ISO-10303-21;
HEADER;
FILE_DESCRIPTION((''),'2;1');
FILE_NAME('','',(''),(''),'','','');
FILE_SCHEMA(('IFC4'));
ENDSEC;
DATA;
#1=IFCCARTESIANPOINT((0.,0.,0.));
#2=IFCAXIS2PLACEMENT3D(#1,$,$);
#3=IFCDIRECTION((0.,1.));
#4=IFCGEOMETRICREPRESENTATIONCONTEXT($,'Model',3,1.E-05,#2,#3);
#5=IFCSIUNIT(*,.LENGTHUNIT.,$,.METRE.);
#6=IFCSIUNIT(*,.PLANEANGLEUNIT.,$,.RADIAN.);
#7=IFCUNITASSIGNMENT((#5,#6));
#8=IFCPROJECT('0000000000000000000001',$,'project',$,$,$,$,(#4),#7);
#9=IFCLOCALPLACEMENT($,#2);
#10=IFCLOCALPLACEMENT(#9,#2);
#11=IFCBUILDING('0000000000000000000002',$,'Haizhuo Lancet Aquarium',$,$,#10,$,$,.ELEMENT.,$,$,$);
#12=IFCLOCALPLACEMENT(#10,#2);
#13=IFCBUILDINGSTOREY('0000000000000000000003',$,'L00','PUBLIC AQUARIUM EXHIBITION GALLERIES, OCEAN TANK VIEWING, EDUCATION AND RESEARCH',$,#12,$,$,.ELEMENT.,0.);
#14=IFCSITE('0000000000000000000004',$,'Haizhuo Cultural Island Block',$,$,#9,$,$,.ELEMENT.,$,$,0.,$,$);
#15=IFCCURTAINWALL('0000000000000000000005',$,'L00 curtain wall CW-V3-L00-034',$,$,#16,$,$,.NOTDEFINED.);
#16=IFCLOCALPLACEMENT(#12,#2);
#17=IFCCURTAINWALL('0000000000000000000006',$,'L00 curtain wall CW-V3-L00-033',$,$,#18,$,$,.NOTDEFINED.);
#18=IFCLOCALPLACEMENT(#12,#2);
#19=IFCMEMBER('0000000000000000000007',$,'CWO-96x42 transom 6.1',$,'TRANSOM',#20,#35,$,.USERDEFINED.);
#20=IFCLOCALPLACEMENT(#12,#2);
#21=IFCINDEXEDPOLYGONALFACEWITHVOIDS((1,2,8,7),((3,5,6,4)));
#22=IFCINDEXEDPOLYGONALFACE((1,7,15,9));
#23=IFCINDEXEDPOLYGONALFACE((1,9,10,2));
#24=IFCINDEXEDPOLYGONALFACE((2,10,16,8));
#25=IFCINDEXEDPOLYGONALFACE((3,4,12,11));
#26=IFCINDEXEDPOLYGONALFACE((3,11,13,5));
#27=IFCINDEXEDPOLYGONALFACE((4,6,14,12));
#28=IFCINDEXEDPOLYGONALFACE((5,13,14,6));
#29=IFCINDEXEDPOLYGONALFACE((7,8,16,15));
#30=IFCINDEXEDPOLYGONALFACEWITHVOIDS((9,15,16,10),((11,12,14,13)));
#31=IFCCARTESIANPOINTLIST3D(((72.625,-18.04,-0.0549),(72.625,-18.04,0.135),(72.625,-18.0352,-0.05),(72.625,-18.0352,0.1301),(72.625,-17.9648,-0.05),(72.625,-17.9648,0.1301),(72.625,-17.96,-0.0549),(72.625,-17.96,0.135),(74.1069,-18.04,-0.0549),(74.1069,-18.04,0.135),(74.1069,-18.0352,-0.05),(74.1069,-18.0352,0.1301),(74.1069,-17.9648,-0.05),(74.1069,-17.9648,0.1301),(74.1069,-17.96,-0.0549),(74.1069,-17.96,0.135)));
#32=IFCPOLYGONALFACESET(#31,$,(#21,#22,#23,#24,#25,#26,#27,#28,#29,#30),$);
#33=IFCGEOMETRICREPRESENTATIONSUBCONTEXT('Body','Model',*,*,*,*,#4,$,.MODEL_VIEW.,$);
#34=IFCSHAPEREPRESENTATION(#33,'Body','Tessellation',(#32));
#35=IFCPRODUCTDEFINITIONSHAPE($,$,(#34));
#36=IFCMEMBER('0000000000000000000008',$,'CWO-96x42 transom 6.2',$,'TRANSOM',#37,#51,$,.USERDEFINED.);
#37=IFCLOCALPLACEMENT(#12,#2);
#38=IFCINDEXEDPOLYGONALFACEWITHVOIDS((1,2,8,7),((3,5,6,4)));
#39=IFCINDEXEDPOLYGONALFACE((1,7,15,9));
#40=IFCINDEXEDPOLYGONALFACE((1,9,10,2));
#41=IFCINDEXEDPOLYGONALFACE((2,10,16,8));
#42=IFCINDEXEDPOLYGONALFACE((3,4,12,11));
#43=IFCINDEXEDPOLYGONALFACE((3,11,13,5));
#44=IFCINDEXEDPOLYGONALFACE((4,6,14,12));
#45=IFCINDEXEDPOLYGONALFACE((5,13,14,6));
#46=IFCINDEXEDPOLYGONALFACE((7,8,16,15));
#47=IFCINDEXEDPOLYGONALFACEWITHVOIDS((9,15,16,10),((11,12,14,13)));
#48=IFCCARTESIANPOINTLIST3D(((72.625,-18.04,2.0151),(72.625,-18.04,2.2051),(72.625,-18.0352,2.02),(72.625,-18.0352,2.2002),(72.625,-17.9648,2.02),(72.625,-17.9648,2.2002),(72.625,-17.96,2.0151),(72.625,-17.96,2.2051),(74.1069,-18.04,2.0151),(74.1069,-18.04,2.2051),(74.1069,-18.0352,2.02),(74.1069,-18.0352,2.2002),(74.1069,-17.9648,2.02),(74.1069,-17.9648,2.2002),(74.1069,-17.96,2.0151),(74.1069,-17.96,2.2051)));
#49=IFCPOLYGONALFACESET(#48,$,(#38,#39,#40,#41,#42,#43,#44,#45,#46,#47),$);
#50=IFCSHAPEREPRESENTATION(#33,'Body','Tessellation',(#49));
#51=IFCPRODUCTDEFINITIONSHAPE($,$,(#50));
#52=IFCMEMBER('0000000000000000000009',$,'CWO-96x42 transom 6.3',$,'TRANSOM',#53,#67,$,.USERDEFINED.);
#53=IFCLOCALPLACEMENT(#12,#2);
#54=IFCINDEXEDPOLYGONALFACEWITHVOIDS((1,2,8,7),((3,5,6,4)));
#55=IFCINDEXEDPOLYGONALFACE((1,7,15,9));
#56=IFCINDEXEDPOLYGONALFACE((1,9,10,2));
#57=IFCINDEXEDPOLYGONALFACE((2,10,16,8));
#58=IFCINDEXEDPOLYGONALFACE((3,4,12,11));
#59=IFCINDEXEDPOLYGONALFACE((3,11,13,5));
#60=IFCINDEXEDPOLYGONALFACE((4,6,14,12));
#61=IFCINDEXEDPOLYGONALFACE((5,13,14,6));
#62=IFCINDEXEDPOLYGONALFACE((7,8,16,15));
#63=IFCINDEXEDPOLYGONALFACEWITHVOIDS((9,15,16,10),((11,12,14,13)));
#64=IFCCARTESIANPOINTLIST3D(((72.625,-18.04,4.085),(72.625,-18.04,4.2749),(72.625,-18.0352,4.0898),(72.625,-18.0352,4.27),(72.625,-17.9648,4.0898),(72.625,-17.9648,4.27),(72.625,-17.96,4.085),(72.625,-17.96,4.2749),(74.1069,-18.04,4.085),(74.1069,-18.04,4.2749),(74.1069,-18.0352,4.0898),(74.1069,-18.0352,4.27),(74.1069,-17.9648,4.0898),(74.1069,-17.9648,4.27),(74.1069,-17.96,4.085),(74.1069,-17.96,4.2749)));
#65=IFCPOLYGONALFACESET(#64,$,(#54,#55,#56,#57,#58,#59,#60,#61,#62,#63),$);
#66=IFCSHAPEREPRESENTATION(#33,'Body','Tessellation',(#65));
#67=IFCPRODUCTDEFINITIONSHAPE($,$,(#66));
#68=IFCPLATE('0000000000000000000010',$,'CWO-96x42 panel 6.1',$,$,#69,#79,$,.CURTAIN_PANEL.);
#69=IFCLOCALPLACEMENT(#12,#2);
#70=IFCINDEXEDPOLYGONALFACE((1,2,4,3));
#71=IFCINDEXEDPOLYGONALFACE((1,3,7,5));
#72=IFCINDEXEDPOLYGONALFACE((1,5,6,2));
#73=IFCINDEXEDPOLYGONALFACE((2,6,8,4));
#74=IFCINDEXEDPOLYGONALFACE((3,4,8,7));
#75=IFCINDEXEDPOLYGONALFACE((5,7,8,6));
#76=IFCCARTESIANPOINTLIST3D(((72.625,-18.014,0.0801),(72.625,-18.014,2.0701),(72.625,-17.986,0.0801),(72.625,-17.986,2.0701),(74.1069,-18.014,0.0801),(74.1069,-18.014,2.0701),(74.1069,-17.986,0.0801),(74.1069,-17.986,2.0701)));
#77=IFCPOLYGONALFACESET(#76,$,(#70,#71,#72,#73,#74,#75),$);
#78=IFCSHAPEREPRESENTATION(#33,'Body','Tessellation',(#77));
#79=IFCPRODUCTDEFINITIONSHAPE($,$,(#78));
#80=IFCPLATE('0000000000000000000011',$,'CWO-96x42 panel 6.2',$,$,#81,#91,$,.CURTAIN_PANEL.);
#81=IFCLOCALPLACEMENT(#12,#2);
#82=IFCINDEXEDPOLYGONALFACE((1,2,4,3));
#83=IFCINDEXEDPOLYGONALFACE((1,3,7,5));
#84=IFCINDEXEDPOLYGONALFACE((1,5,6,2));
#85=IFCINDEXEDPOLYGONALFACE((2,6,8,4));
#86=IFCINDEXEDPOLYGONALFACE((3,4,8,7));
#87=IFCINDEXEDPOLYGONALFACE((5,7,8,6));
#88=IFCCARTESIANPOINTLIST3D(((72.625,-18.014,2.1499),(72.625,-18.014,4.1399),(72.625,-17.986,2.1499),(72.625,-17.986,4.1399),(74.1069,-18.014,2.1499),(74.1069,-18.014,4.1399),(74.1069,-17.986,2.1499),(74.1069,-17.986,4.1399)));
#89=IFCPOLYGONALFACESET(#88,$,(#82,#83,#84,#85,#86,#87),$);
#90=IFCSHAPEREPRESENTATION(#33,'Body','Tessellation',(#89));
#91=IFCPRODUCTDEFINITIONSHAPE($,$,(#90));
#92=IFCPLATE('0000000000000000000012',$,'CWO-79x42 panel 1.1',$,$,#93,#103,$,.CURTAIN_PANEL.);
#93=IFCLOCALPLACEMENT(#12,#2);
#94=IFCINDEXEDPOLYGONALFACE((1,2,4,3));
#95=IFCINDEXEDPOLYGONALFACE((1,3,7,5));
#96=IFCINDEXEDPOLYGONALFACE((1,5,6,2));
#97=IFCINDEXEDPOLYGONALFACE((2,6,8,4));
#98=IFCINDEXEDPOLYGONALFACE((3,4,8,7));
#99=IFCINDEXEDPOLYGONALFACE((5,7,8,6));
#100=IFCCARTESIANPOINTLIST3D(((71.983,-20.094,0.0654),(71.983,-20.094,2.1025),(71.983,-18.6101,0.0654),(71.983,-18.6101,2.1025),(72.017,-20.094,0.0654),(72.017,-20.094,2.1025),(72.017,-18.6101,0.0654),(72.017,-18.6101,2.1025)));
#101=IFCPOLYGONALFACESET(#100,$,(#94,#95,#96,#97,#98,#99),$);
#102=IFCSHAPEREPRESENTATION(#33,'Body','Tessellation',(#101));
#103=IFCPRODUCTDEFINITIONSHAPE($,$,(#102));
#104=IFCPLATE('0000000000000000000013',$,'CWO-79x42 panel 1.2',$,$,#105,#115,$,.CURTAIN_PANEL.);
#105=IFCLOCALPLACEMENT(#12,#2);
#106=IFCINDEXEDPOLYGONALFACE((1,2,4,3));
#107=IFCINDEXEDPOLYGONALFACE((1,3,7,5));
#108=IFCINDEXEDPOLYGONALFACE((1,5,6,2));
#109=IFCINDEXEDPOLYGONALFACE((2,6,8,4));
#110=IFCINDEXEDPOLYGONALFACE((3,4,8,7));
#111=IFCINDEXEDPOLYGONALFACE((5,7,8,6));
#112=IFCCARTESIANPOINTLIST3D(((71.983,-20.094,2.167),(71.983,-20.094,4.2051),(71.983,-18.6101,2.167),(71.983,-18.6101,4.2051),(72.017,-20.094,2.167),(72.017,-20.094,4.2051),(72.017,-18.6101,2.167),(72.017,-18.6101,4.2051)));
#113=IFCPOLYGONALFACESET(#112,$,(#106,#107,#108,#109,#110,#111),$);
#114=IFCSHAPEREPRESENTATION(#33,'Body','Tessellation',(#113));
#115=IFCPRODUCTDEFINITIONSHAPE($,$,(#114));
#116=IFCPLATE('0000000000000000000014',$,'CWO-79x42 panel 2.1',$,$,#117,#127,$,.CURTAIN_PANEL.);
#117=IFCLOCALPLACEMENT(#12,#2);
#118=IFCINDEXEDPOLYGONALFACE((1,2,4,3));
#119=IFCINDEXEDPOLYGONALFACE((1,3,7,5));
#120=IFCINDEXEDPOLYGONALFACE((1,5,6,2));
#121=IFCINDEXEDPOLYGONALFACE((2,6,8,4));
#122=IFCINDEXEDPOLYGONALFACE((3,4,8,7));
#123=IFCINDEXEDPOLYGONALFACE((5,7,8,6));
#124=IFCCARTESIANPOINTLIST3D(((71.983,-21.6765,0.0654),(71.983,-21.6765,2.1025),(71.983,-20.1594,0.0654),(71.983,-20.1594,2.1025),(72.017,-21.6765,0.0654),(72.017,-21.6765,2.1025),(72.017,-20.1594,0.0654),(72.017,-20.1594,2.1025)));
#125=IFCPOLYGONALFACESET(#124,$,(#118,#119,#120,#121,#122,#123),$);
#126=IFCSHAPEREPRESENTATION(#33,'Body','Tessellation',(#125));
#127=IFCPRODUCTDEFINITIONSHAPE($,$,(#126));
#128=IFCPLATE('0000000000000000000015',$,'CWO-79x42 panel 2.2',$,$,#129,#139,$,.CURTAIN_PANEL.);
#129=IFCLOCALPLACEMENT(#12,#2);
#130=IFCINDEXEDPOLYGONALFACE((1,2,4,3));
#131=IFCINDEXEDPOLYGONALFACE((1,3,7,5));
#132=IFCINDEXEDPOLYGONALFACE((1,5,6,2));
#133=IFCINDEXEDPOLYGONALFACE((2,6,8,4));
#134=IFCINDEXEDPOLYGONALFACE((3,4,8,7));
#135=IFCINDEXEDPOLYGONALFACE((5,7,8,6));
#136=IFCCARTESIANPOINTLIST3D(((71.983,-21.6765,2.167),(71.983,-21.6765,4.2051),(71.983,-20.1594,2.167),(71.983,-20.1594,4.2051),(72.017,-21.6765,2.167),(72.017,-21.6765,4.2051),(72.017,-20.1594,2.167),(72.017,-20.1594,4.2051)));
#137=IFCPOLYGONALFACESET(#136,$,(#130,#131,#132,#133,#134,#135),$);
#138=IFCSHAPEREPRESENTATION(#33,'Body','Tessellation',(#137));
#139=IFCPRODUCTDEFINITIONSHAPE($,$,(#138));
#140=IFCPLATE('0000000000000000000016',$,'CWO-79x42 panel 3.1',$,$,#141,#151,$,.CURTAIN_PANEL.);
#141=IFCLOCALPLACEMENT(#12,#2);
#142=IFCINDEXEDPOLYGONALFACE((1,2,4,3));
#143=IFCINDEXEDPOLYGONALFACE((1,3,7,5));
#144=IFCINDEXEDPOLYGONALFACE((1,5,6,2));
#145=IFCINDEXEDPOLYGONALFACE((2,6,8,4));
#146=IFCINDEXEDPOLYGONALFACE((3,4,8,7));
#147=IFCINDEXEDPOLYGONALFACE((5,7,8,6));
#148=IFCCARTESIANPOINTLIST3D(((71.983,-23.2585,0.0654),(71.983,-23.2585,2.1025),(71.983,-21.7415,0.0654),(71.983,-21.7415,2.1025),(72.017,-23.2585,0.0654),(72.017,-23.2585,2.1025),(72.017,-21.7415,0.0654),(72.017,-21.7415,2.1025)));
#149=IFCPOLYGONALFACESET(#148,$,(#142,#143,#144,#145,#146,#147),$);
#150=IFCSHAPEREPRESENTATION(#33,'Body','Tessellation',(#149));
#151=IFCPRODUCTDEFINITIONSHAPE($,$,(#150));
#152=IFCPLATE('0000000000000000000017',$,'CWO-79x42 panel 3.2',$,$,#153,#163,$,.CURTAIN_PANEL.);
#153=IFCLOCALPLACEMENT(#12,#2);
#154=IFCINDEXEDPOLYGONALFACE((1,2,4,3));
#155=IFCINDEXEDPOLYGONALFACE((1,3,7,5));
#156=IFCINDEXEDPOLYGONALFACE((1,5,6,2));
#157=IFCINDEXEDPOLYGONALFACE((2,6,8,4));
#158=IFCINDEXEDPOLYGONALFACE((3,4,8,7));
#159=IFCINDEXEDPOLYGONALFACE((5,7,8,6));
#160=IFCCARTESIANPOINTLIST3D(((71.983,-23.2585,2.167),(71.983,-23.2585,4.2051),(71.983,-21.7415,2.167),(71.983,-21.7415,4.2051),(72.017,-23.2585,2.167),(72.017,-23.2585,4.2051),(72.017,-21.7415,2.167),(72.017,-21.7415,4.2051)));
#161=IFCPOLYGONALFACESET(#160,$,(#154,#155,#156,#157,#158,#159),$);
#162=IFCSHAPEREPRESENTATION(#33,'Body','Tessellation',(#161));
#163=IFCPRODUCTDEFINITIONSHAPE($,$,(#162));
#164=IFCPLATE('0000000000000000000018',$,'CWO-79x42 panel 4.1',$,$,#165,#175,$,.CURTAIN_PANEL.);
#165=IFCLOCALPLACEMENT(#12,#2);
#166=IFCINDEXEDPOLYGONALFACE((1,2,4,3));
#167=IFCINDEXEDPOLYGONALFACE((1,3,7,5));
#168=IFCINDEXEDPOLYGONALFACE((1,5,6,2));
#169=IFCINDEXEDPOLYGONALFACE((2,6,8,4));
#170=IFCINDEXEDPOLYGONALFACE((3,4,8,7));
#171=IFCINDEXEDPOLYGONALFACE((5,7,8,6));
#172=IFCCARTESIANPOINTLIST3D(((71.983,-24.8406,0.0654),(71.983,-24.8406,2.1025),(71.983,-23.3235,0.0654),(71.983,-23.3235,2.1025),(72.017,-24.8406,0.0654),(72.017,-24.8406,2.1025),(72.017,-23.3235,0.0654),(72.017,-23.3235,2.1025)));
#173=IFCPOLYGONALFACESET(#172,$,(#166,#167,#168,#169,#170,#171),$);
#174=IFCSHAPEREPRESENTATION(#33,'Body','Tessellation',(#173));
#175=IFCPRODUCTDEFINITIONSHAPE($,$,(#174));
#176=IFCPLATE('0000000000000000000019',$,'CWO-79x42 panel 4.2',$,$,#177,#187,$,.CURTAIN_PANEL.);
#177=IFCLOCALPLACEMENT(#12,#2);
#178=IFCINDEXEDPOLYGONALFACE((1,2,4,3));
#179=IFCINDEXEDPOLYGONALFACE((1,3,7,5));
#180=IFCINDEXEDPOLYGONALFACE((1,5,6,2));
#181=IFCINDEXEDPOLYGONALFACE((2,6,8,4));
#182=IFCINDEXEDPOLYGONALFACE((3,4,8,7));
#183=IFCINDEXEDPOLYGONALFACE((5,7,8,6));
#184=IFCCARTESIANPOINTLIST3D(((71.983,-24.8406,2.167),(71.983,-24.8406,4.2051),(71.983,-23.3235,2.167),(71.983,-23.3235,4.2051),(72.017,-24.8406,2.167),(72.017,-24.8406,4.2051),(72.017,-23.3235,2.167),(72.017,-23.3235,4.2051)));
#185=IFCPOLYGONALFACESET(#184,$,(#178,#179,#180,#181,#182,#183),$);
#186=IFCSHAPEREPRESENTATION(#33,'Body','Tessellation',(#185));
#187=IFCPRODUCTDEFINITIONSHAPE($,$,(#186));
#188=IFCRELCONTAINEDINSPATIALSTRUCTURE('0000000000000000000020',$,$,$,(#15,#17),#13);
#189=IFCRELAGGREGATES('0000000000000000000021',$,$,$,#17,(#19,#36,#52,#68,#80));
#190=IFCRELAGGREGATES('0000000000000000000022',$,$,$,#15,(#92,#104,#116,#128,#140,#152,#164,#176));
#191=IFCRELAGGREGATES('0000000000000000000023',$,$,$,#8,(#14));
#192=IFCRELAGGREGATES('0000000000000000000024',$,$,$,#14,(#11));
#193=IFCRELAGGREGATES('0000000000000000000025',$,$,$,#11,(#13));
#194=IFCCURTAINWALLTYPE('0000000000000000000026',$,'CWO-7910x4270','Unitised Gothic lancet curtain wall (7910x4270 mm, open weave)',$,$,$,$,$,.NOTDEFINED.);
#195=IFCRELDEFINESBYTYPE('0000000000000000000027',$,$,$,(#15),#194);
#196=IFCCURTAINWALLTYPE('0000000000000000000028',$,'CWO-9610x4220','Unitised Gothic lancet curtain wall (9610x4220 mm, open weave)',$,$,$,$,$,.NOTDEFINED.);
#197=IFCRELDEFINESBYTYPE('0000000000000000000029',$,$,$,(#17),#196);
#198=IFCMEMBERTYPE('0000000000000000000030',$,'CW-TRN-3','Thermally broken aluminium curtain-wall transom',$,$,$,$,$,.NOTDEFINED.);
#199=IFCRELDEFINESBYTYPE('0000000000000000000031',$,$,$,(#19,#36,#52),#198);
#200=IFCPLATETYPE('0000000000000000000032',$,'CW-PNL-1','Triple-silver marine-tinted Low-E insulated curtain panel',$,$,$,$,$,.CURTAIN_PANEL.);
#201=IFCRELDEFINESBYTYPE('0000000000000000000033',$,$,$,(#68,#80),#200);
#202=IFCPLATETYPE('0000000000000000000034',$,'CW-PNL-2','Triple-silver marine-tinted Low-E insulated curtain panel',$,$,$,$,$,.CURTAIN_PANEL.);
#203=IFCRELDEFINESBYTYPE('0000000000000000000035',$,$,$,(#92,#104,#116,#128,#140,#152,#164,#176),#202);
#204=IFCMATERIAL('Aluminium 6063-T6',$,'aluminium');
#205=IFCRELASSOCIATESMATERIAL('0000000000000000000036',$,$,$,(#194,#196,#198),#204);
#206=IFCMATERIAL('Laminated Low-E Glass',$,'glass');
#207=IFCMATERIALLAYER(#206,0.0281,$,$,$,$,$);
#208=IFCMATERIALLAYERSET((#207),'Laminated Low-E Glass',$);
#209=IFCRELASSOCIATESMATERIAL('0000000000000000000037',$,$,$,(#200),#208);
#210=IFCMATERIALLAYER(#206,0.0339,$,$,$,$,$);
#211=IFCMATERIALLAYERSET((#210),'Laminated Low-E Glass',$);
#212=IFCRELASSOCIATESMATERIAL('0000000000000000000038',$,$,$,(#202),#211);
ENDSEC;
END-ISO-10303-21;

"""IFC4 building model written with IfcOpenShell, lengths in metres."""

from ifc_helpers import new_model, si_unit, direction, frame, origin, origin_2d, place, context, subcontext, project, spatial, rectangle, hollow_rectangle, extrude, material, layer, layer_set, material_profile, profile_set, type_object, element, aggregate, save


model = new_model("IFC4")

# Units and contexts
model_context = context("Model", 3, precision=1e-05, world=origin(), true_north=direction((0.0, 1.0)))
body_context = subcontext(model_context, "Body", "Model", "MODEL_VIEW")
ifc_project = project(units=[si_unit("LENGTHUNIT", "METRE"), si_unit("PLANEANGLEUNIT", "RADIAN")], contexts=[model_context])

# Site, building, storey
site_placement = place(None, origin())
site = spatial("IfcSite", under=ifc_project, at=site_placement, Name="Haizhuo Cultural Island Block", CompositionType="ELEMENT", RefElevation=0.0)
building_placement = place(site_placement, origin())
building = spatial("IfcBuilding", under=site, at=building_placement, Name="Haizhuo Lancet Aquarium", CompositionType="ELEMENT")
storey_placement = place(building_placement, origin())
storey = spatial("IfcBuildingStorey", under=building, at=storey_placement, Name="L00", Description="PUBLIC AQUARIUM EXHIBITION GALLERIES, OCEAN TANK VIEWING, EDUCATION AND RESEARCH", CompositionType="ELEMENT", Elevation=0.0)

# Curtain walls
ifc_material_1 = material(Name="Aluminium 6063-T6", Category="aluminium")
curtain_wall_type_1 = type_object("IfcCurtainWallType", Name="CWO-7910x4270", Description="Unitised Gothic lancet curtain wall (7910x4270 mm, open weave)", PredefinedType="NOTDEFINED", material=ifc_material_1)
curtain_wall_1_placement = place(storey_placement, origin())
curtain_wall_1 = element("IfcCurtainWall", 1, at=curtain_wall_1_placement, inside=storey, type_object=curtain_wall_type_1, Name="L00 curtain wall CW-V3-L00-034", PredefinedType="NOTDEFINED")
curtain_wall_type_2 = type_object("IfcCurtainWallType", Name="CWO-9610x4220", Description="Unitised Gothic lancet curtain wall (9610x4220 mm, open weave)", PredefinedType="NOTDEFINED", material=ifc_material_1)
curtain_wall_2_placement = place(storey_placement, origin())
curtain_wall_2 = element("IfcCurtainWall", 2, at=curtain_wall_2_placement, inside=storey, type_object=curtain_wall_type_2, Name="L00 curtain wall CW-V3-L00-033", PredefinedType="NOTDEFINED")

# Members
ifc_material_profile_1 = material_profile(ifc_material_1, hollow_rectangle(XDim=0.0801, YDim=0.1899, WallThickness=0.0049, at=origin_2d()), Name="ALU-T 80x190x5")
ifc_profile_set_1 = profile_set([ifc_material_profile_1], Name="Aluminium 6063-T6")
member_type_1 = type_object("IfcMemberType", Name="CW-TRN-3", Description="Thermally broken aluminium curtain-wall transom", PredefinedType="NOTDEFINED", material=ifc_profile_set_1)
member_1_placement = place(storey_placement, frame((74.1069, -18.0, 0.04), z_axis=(-1.0, 0.0, 0.0), x_axis=(0.0, -1.0, 0.0)))
member_1 = element("IfcMember", 3, at=member_1_placement, type_object=member_type_1, Name="CWO-96x42 transom 6.1", ObjectType="TRANSOM", PredefinedType="USERDEFINED", context=body_context, shape_type="SweptSolid", body=[
    extrude(hollow_rectangle(XDim=0.0801, YDim=0.1899, WallThickness=0.0049, at=origin_2d()), origin(), (0.0, 0.0, 1.0), 1.4819),
])
member_2_placement = place(storey_placement, frame((74.1069, -18.0, 2.1101), z_axis=(-1.0, 0.0, 0.0), x_axis=(0.0, -1.0, 0.0)))
member_2 = element("IfcMember", 4, at=member_2_placement, type_object=member_type_1, Name="CWO-96x42 transom 6.2", ObjectType="TRANSOM", PredefinedType="USERDEFINED", context=body_context, shape_type="SweptSolid", body=[
    extrude(hollow_rectangle(XDim=0.0801, YDim=0.1899, WallThickness=0.0049, at=origin_2d()), origin(), (0.0, 0.0, 1.0), 1.4819),
])
member_3_placement = place(storey_placement, frame((74.1069, -18.0, 4.1799), z_axis=(-1.0, 0.0, 0.0), x_axis=(0.0, -1.0, 0.0)))
member_3 = element("IfcMember", 5, at=member_3_placement, type_object=member_type_1, Name="CWO-96x42 transom 6.3", ObjectType="TRANSOM", PredefinedType="USERDEFINED", context=body_context, shape_type="SweptSolid", body=[
    extrude(hollow_rectangle(XDim=0.0801, YDim=0.1899, WallThickness=0.0049, at=origin_2d()), origin(), (0.0, 0.0, 1.0), 1.4819),
])

# Plates
ifc_material_2 = material(Name="Laminated Low-E Glass", Category="glass")
ifc_layer_1 = layer(ifc_material_2, 0.0281)
ifc_layer_set_1 = layer_set([ifc_layer_1], Name="Laminated Low-E Glass")
plate_type_1 = type_object("IfcPlateType", Name="CW-PNL-1", Description="Triple-silver marine-tinted Low-E insulated curtain panel", PredefinedType="CURTAIN_PANEL", material=ifc_layer_set_1)
plate_1_placement = place(storey_placement, frame((73.366, -18.0, 0.0801), z_axis=(0.0, 0.0, 1.0), x_axis=(-1.0, 0.0, 0.0)))
plate_1 = element("IfcPlate", 6, at=plate_1_placement, type_object=plate_type_1, Name="CWO-96x42 panel 6.1", PredefinedType="CURTAIN_PANEL", context=body_context, shape_type="SweptSolid", body=[
    extrude(rectangle(XDim=1.4819, YDim=0.0281, at=origin_2d()), origin(), (0.0, 0.0, 1.0), 1.99),
])
plate_2_placement = place(storey_placement, frame((73.366, -18.0, 2.1499), z_axis=(0.0, 0.0, 1.0), x_axis=(-1.0, 0.0, 0.0)))
plate_2 = element("IfcPlate", 7, at=plate_2_placement, type_object=plate_type_1, Name="CWO-96x42 panel 6.2", PredefinedType="CURTAIN_PANEL", context=body_context, shape_type="SweptSolid", body=[
    extrude(rectangle(XDim=1.4819, YDim=0.0281, at=origin_2d()), origin(), (0.0, 0.0, 1.0), 1.99),
])
aggregate(curtain_wall_2, [member_1, member_2, member_3, plate_1, plate_2])
ifc_layer_2 = layer(ifc_material_2, 0.0339)
ifc_layer_set_2 = layer_set([ifc_layer_2], Name="Laminated Low-E Glass")
plate_type_2 = type_object("IfcPlateType", Name="CW-PNL-2", Description="Triple-silver marine-tinted Low-E insulated curtain panel", PredefinedType="CURTAIN_PANEL", material=ifc_layer_set_2)
plate_3_placement = place(storey_placement, frame((72.0, -19.3521, 0.0654), z_axis=(0.0, 0.0, 1.0), x_axis=(0.0, -1.0, 0.0)))
plate_3 = element("IfcPlate", 8, at=plate_3_placement, type_object=plate_type_2, Name="CWO-79x42 panel 1.1", PredefinedType="CURTAIN_PANEL", context=body_context, shape_type="SweptSolid", body=[
    extrude(rectangle(XDim=1.4839, YDim=0.0339, at=origin_2d()), origin(), (0.0, 0.0, 1.0), 2.0371),
])
plate_4_placement = place(storey_placement, frame((72.0, -19.3521, 2.167), z_axis=(0.0, 0.0, 1.0), x_axis=(0.0, -1.0, 0.0)))
plate_4 = element("IfcPlate", 9, at=plate_4_placement, type_object=plate_type_2, Name="CWO-79x42 panel 1.2", PredefinedType="CURTAIN_PANEL", context=body_context, shape_type="SweptSolid", body=[
    extrude(rectangle(XDim=1.4839, YDim=0.0339, at=origin_2d()), origin(), (0.0, 0.0, 1.0), 2.0381),
])
plate_5_placement = place(storey_placement, frame((72.0, -20.918, 0.0654), z_axis=(0.0, 0.0, 1.0), x_axis=(0.0, -1.0, 0.0)))
plate_5 = element("IfcPlate", 10, at=plate_5_placement, type_object=plate_type_2, Name="CWO-79x42 panel 2.1", PredefinedType="CURTAIN_PANEL", context=body_context, shape_type="SweptSolid", body=[
    extrude(rectangle(XDim=1.5171, YDim=0.0339, at=origin_2d()), origin(), (0.0, 0.0, 1.0), 2.0371),
])
plate_6_placement = place(storey_placement, frame((72.0, -20.918, 2.167), z_axis=(0.0, 0.0, 1.0), x_axis=(0.0, -1.0, 0.0)))
plate_6 = element("IfcPlate", 11, at=plate_6_placement, type_object=plate_type_2, Name="CWO-79x42 panel 2.2", PredefinedType="CURTAIN_PANEL", context=body_context, shape_type="SweptSolid", body=[
    extrude(rectangle(XDim=1.5171, YDim=0.0339, at=origin_2d()), origin(), (0.0, 0.0, 1.0), 2.0381),
])
plate_7_placement = place(storey_placement, frame((72.0, -22.5, 0.0654), z_axis=(0.0, 0.0, 1.0), x_axis=(0.0, -1.0, 0.0)))
plate_7 = element("IfcPlate", 12, at=plate_7_placement, type_object=plate_type_2, Name="CWO-79x42 panel 3.1", PredefinedType="CURTAIN_PANEL", context=body_context, shape_type="SweptSolid", body=[
    extrude(rectangle(XDim=1.5171, YDim=0.0339, at=origin_2d()), origin(), (0.0, 0.0, 1.0), 2.0371),
])
plate_8_placement = place(storey_placement, frame((72.0, -22.5, 2.167), z_axis=(0.0, 0.0, 1.0), x_axis=(0.0, -1.0, 0.0)))
plate_8 = element("IfcPlate", 13, at=plate_8_placement, type_object=plate_type_2, Name="CWO-79x42 panel 3.2", PredefinedType="CURTAIN_PANEL", context=body_context, shape_type="SweptSolid", body=[
    extrude(rectangle(XDim=1.5171, YDim=0.0339, at=origin_2d()), origin(), (0.0, 0.0, 1.0), 2.0381),
])
plate_9_placement = place(storey_placement, frame((72.0, -24.082, 0.0654), z_axis=(0.0, 0.0, 1.0), x_axis=(0.0, -1.0, 0.0)))
plate_9 = element("IfcPlate", 14, at=plate_9_placement, type_object=plate_type_2, Name="CWO-79x42 panel 4.1", PredefinedType="CURTAIN_PANEL", context=body_context, shape_type="SweptSolid", body=[
    extrude(rectangle(XDim=1.5171, YDim=0.0339, at=origin_2d()), origin(), (0.0, 0.0, 1.0), 2.0371),
])
plate_10_placement = place(storey_placement, frame((72.0, -24.082, 2.167), z_axis=(0.0, 0.0, 1.0), x_axis=(0.0, -1.0, 0.0)))
plate_10 = element("IfcPlate", 15, at=plate_10_placement, type_object=plate_type_2, Name="CWO-79x42 panel 4.2", PredefinedType="CURTAIN_PANEL", context=body_context, shape_type="SweptSolid", body=[
    extrude(rectangle(XDim=1.5171, YDim=0.0339, at=origin_2d()), origin(), (0.0, 0.0, 1.0), 2.0381),
])
aggregate(curtain_wall_1, [plate_3, plate_4, plate_5, plate_6, plate_7, plate_8, plate_9, plate_10])

save(model, "model.ifc")
